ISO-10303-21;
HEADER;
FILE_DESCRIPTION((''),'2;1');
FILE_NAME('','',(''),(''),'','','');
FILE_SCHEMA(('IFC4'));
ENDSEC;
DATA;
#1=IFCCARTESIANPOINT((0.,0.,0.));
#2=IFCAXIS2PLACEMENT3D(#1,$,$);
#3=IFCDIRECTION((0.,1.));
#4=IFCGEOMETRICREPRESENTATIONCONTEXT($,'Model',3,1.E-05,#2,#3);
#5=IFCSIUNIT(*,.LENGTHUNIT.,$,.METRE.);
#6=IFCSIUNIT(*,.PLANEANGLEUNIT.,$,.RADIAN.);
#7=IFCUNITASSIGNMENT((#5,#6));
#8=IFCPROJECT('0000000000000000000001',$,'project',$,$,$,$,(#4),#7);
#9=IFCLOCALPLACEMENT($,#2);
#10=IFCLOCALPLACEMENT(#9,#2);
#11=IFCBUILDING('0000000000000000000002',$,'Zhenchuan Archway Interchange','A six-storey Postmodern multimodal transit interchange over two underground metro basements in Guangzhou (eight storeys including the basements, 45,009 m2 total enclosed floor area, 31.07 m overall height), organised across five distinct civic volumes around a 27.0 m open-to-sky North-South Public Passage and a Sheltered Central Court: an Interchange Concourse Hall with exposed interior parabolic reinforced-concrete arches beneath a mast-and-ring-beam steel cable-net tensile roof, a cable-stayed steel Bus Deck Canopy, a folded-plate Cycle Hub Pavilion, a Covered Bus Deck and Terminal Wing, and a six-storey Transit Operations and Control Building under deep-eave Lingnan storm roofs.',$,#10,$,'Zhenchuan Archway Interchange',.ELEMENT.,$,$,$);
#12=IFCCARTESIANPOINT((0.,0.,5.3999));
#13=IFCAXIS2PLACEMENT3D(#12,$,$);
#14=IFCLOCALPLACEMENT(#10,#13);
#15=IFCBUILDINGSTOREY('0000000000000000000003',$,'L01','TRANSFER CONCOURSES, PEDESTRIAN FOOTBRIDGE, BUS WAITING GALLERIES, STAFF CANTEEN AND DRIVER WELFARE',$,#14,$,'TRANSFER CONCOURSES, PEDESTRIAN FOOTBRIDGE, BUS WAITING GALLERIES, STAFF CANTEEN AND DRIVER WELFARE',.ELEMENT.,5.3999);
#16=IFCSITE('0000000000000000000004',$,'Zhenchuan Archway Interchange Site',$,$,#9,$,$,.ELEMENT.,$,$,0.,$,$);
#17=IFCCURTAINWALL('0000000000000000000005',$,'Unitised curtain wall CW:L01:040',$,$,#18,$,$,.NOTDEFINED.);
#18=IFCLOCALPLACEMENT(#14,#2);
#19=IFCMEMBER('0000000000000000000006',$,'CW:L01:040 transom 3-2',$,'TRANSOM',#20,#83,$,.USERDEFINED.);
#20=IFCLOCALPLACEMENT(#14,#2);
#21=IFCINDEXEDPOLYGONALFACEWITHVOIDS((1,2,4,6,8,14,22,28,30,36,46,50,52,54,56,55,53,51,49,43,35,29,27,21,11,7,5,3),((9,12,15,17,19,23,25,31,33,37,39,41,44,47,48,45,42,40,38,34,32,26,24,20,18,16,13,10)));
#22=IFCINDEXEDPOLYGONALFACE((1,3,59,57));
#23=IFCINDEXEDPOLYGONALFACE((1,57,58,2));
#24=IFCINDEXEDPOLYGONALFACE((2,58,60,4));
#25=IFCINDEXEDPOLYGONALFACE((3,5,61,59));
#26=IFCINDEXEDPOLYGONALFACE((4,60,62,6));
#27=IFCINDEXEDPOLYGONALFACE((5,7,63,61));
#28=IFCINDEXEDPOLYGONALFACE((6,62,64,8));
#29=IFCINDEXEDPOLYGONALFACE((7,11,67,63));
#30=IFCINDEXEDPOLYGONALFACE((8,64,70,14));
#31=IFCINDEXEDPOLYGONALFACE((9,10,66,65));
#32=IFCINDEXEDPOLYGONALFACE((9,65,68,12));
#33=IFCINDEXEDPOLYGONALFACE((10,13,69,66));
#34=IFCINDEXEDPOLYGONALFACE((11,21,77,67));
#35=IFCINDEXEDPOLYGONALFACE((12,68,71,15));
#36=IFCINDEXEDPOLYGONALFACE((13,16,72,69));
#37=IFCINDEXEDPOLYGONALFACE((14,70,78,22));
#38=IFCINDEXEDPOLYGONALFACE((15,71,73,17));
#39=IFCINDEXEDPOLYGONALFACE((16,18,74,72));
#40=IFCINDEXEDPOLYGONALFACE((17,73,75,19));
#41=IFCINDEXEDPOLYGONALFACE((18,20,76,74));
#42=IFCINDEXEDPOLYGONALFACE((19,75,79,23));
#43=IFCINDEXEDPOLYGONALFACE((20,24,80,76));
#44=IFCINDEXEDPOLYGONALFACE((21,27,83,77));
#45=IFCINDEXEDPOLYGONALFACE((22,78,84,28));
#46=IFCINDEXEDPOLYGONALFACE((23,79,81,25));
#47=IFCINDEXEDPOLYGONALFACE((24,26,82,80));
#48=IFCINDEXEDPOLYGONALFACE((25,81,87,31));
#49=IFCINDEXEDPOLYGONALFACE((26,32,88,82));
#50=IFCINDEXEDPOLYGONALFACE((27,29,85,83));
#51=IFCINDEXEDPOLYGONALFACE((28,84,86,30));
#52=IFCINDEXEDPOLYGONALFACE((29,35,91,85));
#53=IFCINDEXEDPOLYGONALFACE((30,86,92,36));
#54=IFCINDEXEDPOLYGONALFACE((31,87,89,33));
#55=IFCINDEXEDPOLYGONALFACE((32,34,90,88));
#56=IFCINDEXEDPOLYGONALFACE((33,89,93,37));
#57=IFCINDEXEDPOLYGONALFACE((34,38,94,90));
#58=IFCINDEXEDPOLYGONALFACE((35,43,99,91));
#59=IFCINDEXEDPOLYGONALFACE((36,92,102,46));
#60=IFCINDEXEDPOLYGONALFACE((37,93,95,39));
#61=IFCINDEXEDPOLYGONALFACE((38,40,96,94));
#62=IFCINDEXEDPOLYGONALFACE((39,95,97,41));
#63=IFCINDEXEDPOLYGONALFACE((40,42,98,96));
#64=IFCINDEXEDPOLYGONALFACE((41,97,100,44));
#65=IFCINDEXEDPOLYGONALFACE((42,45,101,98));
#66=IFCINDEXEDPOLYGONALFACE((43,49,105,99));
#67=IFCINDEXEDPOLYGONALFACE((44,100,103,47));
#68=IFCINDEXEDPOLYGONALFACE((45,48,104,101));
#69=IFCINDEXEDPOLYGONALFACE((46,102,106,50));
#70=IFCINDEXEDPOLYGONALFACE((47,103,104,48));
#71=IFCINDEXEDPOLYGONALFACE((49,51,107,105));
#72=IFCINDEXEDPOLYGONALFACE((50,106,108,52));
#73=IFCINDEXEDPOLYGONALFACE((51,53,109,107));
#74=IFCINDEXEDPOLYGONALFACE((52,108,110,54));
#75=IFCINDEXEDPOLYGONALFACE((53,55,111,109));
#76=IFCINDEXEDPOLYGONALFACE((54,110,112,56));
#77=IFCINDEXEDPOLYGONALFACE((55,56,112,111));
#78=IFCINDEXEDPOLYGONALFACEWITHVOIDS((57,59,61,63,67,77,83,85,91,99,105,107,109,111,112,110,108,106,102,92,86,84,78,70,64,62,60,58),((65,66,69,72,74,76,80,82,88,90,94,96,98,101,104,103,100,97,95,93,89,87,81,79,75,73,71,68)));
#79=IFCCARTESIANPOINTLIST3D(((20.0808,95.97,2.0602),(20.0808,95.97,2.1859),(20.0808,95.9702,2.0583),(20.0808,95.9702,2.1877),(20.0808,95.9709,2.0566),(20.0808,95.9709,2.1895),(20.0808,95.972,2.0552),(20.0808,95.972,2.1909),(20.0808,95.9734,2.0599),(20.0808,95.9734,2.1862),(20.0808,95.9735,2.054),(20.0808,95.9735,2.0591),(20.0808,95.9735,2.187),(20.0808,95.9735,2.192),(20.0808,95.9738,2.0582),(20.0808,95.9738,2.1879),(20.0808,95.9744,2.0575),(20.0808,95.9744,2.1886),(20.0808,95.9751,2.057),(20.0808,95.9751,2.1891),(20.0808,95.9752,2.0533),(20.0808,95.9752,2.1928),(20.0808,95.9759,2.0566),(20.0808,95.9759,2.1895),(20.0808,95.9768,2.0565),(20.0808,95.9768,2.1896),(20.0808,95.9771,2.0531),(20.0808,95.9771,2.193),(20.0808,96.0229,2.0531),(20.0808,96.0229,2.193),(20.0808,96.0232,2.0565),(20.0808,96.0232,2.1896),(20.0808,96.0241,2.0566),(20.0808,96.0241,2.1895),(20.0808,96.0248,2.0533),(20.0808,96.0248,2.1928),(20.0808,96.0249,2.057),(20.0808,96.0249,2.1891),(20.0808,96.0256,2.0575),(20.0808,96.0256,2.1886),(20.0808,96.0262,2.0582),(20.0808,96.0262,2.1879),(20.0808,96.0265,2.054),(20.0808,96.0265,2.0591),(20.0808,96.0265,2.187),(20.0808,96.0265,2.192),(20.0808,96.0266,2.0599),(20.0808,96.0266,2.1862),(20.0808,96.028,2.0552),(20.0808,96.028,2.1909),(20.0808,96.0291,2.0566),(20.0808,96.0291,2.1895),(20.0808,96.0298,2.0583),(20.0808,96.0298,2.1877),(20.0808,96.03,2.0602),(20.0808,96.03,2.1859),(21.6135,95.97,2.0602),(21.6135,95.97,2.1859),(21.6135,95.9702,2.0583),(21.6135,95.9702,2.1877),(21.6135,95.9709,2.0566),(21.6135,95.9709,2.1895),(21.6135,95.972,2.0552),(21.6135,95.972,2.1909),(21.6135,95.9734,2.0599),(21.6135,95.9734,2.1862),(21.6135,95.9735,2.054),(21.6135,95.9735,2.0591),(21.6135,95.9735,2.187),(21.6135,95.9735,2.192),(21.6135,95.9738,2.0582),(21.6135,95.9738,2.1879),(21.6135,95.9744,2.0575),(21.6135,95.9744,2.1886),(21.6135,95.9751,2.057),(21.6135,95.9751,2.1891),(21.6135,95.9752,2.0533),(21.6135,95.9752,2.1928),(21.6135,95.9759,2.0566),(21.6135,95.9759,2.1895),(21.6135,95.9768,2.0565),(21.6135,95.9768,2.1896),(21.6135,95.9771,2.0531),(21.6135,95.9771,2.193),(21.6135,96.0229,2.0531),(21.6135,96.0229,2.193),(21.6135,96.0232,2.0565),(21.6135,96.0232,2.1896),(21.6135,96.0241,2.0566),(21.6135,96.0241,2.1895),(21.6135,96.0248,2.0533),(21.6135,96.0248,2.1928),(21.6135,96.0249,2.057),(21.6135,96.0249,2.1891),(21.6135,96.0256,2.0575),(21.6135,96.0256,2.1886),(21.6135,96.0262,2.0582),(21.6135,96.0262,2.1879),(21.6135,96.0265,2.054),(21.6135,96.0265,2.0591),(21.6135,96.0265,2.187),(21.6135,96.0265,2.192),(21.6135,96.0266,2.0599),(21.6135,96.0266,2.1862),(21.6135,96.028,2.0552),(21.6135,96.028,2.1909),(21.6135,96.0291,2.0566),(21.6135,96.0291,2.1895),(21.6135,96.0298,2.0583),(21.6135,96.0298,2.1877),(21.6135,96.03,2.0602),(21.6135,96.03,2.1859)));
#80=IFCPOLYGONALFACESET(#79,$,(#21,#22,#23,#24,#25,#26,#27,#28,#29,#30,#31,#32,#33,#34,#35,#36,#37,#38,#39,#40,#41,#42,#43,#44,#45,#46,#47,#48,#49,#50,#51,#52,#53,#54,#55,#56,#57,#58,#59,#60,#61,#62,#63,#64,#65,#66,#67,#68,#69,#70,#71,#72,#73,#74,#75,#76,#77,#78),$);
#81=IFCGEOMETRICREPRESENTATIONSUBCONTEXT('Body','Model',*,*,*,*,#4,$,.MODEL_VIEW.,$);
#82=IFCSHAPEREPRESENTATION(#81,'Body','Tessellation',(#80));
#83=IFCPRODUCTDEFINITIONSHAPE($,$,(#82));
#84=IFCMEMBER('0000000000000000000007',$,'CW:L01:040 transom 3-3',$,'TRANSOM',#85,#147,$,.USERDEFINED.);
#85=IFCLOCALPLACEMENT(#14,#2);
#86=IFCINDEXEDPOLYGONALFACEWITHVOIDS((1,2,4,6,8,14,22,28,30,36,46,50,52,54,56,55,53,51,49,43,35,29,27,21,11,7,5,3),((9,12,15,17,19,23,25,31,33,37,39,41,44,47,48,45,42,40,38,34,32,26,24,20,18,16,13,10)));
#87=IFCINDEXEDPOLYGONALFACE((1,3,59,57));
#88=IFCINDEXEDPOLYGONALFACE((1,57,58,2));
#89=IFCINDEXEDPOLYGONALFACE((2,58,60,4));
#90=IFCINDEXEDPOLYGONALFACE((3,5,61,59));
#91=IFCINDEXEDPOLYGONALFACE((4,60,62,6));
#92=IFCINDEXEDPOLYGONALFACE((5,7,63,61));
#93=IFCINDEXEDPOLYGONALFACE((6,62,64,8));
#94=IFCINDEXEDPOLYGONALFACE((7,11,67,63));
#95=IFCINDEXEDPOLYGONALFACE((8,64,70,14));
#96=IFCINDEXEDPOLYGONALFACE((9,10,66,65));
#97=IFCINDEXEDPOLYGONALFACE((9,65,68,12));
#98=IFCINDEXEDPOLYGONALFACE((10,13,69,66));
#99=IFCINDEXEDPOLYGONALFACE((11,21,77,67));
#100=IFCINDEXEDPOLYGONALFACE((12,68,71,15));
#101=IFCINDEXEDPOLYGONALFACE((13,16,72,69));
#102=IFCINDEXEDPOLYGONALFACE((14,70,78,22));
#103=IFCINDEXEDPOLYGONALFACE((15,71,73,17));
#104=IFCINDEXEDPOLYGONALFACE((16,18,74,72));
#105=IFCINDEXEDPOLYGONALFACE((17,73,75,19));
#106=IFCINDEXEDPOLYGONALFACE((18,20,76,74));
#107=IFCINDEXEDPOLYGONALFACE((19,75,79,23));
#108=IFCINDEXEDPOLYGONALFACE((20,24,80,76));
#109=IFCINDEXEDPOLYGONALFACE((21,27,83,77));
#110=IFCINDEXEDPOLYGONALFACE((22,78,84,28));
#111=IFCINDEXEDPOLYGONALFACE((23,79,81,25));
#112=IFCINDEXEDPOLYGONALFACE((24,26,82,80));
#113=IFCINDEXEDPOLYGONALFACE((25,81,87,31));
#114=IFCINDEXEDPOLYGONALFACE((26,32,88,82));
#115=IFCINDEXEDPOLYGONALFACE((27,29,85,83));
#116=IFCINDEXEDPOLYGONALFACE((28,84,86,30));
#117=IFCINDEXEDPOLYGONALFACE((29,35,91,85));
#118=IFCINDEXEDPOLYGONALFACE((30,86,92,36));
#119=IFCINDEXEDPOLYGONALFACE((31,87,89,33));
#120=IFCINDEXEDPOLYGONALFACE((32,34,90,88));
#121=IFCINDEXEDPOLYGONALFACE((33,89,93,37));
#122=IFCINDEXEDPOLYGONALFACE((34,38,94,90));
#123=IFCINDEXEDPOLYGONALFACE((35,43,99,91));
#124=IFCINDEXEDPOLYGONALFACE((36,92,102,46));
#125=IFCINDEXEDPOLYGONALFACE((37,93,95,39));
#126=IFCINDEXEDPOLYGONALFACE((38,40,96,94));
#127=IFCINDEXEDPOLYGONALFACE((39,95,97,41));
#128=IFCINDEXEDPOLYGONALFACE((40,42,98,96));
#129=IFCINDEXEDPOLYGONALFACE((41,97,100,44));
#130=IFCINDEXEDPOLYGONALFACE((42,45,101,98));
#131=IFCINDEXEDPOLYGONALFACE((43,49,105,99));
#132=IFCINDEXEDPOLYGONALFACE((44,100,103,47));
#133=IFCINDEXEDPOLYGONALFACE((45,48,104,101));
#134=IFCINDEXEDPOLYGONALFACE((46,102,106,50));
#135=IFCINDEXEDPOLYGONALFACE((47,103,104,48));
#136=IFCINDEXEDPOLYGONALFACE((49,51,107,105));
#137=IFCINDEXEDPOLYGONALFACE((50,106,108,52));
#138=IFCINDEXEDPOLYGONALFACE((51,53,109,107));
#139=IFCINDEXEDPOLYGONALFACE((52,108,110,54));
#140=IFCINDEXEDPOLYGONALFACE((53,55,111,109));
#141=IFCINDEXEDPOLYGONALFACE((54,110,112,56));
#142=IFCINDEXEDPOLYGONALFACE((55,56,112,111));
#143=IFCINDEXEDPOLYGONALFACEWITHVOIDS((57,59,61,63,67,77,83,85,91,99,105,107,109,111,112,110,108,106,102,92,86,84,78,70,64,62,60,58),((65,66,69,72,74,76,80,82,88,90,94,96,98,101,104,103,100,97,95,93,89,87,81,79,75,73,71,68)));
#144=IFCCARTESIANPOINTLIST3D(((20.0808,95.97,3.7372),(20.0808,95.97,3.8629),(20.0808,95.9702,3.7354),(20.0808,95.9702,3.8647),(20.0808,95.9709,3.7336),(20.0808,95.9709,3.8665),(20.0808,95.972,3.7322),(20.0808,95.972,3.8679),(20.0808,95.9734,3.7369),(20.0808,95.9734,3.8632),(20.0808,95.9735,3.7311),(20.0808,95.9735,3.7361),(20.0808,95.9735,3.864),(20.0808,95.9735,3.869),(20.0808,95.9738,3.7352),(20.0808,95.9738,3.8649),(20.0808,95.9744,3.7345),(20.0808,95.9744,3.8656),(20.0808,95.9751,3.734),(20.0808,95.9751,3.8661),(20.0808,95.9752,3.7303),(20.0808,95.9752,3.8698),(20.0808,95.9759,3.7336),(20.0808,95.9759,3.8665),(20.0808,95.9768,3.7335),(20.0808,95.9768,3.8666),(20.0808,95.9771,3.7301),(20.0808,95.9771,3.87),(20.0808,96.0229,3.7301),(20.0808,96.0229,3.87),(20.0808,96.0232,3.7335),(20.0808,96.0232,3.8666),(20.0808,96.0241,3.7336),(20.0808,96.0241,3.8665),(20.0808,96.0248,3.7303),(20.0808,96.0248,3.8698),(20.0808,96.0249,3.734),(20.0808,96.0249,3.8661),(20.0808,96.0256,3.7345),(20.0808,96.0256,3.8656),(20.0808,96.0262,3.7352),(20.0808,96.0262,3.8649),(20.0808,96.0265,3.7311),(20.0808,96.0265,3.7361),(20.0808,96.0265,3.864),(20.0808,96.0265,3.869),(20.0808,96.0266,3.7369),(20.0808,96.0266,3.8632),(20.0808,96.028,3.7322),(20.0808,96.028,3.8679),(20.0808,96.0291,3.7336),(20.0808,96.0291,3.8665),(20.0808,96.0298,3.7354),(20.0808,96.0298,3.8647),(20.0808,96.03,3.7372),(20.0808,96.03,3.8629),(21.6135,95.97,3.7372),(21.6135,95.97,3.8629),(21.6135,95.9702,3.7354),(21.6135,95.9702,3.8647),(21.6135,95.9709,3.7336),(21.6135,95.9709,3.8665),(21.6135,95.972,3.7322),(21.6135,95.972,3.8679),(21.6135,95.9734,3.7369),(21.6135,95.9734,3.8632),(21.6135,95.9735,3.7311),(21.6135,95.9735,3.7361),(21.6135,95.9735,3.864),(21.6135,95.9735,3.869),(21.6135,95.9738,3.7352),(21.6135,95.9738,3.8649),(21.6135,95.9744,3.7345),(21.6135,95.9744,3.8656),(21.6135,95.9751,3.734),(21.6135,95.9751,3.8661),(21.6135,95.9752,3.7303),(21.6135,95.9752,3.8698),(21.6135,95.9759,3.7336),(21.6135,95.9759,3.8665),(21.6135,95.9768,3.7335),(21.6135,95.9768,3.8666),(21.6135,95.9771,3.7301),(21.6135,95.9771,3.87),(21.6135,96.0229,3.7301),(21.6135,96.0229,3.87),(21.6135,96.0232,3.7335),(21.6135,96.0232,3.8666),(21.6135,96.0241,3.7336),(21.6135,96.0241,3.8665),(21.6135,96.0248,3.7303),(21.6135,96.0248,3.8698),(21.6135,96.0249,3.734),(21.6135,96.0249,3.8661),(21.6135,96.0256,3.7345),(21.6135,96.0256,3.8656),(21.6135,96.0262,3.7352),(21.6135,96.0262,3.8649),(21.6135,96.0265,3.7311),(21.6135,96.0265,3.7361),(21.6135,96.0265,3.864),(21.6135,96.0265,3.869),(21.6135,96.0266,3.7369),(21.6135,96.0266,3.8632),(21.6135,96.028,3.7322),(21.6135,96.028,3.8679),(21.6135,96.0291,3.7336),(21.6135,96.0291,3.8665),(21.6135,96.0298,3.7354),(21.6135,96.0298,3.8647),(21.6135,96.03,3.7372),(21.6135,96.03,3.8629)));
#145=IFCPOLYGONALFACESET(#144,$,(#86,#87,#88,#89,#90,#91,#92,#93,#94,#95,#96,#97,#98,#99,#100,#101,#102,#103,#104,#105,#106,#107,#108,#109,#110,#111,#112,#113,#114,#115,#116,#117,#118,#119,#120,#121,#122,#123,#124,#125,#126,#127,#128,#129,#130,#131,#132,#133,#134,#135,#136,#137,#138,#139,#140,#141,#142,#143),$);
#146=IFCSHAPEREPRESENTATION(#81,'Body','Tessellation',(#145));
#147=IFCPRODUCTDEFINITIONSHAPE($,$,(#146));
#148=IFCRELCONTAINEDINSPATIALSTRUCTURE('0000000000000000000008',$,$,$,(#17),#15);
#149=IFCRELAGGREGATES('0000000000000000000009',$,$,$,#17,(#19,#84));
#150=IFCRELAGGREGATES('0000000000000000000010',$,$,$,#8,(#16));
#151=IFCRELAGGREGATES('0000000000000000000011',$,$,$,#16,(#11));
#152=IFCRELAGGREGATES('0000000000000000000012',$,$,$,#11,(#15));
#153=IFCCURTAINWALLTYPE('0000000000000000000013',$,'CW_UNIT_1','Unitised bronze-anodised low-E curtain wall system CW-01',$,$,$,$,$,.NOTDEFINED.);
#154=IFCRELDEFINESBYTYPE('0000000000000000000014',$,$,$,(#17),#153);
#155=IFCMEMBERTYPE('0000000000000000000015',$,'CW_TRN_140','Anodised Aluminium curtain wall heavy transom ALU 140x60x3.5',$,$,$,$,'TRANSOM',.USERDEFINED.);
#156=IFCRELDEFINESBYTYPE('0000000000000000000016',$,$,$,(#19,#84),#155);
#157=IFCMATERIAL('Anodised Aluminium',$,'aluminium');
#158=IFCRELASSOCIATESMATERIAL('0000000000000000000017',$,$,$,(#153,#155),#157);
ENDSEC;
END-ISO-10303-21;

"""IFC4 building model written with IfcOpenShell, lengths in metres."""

from ifc_helpers import new_model, si_unit, direction, frame, origin, origin_2d, place, context, subcontext, project, spatial, hollow_rectangle, extrude, material, material_profile, profile_set, type_object, element, aggregate, save


model = new_model("IFC4")

# Units and contexts
model_context = context("Model", 3, precision=1e-05, world=origin(), true_north=direction((0.0, 1.0)))
body_context = subcontext(model_context, "Body", "Model", "MODEL_VIEW")
ifc_project = project(units=[si_unit("LENGTHUNIT", "METRE"), si_unit("PLANEANGLEUNIT", "RADIAN")], contexts=[model_context])

# Site, building, storey
site_placement = place(None, origin())
site = spatial("IfcSite", under=ifc_project, at=site_placement, Name="Zhenchuan Archway Interchange Site", CompositionType="ELEMENT", RefElevation=0.0)
building_placement = place(site_placement, origin())
building = spatial("IfcBuilding", under=site, at=building_placement, Name="Zhenchuan Archway Interchange", Description="A six-storey Postmodern multimodal transit interchange over two underground metro basements in Guangzhou (eight storeys including the basements, 45,009 m2 total enclosed floor area, 31.07 m overall height), organised across five distinct civic volumes around a 27.0 m open-to-sky North-South Public Passage and a Sheltered Central Court: an Interchange Concourse Hall with exposed interior parabolic reinforced-concrete arches beneath a mast-and-ring-beam steel cable-net tensile roof, a cable-stayed steel Bus Deck Canopy, a folded-plate Cycle Hub Pavilion, a Covered Bus Deck and Terminal Wing, and a six-storey Transit Operations and Control Building under deep-eave Lingnan storm roofs.", LongName="Zhenchuan Archway Interchange", CompositionType="ELEMENT")
storey_placement = place(building_placement, frame((0.0, 0.0, 5.3999)))
storey = spatial("IfcBuildingStorey", under=building, at=storey_placement, Name="L01", Description="TRANSFER CONCOURSES, PEDESTRIAN FOOTBRIDGE, BUS WAITING GALLERIES, STAFF CANTEEN AND DRIVER WELFARE", LongName="TRANSFER CONCOURSES, PEDESTRIAN FOOTBRIDGE, BUS WAITING GALLERIES, STAFF CANTEEN AND DRIVER WELFARE", CompositionType="ELEMENT", Elevation=5.3999)

# Curtain wall, members
ifc_material_1 = material(Name="Anodised Aluminium", Category="aluminium")
curtain_wall_type = type_object("IfcCurtainWallType", Name="CW_UNIT_1", Description="Unitised bronze-anodised low-E curtain wall system CW-01", PredefinedType="NOTDEFINED", material=ifc_material_1)
curtain_wall_placement = place(storey_placement, origin())
curtain_wall = element("IfcCurtainWall", 1, at=curtain_wall_placement, inside=storey, type_object=curtain_wall_type, Name="Unitised curtain wall CW:L01:040", PredefinedType="NOTDEFINED")
ifc_material_profile_1 = material_profile(ifc_material_1, hollow_rectangle(XDim=0.0601, YDim=0.1399, WallThickness=0.0034, InnerFilletRadius=0.0034, OuterFilletRadius=0.0071, at=origin_2d()), Name="ALU 140x60x3.5")
ifc_profile_set_1 = profile_set([ifc_material_profile_1], Name="Anodised Aluminium")
member_type_1 = type_object("IfcMemberType", Name="CW_TRN_140", Description="Anodised Aluminium curtain wall heavy transom ALU 140x60x3.5", ElementType="TRANSOM", PredefinedType="USERDEFINED", material=ifc_profile_set_1)
member_1_placement = place(storey_placement, frame((21.6135, 96.0, 2.123), z_axis=(-1.0, 0.0, 0.0), x_axis=(0.0, -1.0, 0.0)))
member_1 = element("IfcMember", 2, at=member_1_placement, type_object=member_type_1, Name="CW:L01:040 transom 3-2", ObjectType="TRANSOM", PredefinedType="USERDEFINED", context=body_context, shape_type="SweptSolid", body=[
    extrude(hollow_rectangle(XDim=0.0601, YDim=0.1399, WallThickness=0.0034, InnerFilletRadius=0.0034, OuterFilletRadius=0.0071, at=origin_2d()), origin(), (0.0, 0.0, 1.0), 1.5327),
])
member_2_placement = place(storey_placement, frame((21.6135, 96.0, 3.8), z_axis=(-1.0, 0.0, 0.0), x_axis=(0.0, -1.0, 0.0)))
member_2 = element("IfcMember", 3, at=member_2_placement, type_object=member_type_1, Name="CW:L01:040 transom 3-3", ObjectType="TRANSOM", PredefinedType="USERDEFINED", context=body_context, shape_type="SweptSolid", body=[
    extrude(hollow_rectangle(XDim=0.0601, YDim=0.1399, WallThickness=0.0034, InnerFilletRadius=0.0034, OuterFilletRadius=0.0071, at=origin_2d()), origin(), (0.0, 0.0, 1.0), 1.5327),
])

aggregate(curtain_wall, [member_1, member_2])

save(model, "model.ifc")
